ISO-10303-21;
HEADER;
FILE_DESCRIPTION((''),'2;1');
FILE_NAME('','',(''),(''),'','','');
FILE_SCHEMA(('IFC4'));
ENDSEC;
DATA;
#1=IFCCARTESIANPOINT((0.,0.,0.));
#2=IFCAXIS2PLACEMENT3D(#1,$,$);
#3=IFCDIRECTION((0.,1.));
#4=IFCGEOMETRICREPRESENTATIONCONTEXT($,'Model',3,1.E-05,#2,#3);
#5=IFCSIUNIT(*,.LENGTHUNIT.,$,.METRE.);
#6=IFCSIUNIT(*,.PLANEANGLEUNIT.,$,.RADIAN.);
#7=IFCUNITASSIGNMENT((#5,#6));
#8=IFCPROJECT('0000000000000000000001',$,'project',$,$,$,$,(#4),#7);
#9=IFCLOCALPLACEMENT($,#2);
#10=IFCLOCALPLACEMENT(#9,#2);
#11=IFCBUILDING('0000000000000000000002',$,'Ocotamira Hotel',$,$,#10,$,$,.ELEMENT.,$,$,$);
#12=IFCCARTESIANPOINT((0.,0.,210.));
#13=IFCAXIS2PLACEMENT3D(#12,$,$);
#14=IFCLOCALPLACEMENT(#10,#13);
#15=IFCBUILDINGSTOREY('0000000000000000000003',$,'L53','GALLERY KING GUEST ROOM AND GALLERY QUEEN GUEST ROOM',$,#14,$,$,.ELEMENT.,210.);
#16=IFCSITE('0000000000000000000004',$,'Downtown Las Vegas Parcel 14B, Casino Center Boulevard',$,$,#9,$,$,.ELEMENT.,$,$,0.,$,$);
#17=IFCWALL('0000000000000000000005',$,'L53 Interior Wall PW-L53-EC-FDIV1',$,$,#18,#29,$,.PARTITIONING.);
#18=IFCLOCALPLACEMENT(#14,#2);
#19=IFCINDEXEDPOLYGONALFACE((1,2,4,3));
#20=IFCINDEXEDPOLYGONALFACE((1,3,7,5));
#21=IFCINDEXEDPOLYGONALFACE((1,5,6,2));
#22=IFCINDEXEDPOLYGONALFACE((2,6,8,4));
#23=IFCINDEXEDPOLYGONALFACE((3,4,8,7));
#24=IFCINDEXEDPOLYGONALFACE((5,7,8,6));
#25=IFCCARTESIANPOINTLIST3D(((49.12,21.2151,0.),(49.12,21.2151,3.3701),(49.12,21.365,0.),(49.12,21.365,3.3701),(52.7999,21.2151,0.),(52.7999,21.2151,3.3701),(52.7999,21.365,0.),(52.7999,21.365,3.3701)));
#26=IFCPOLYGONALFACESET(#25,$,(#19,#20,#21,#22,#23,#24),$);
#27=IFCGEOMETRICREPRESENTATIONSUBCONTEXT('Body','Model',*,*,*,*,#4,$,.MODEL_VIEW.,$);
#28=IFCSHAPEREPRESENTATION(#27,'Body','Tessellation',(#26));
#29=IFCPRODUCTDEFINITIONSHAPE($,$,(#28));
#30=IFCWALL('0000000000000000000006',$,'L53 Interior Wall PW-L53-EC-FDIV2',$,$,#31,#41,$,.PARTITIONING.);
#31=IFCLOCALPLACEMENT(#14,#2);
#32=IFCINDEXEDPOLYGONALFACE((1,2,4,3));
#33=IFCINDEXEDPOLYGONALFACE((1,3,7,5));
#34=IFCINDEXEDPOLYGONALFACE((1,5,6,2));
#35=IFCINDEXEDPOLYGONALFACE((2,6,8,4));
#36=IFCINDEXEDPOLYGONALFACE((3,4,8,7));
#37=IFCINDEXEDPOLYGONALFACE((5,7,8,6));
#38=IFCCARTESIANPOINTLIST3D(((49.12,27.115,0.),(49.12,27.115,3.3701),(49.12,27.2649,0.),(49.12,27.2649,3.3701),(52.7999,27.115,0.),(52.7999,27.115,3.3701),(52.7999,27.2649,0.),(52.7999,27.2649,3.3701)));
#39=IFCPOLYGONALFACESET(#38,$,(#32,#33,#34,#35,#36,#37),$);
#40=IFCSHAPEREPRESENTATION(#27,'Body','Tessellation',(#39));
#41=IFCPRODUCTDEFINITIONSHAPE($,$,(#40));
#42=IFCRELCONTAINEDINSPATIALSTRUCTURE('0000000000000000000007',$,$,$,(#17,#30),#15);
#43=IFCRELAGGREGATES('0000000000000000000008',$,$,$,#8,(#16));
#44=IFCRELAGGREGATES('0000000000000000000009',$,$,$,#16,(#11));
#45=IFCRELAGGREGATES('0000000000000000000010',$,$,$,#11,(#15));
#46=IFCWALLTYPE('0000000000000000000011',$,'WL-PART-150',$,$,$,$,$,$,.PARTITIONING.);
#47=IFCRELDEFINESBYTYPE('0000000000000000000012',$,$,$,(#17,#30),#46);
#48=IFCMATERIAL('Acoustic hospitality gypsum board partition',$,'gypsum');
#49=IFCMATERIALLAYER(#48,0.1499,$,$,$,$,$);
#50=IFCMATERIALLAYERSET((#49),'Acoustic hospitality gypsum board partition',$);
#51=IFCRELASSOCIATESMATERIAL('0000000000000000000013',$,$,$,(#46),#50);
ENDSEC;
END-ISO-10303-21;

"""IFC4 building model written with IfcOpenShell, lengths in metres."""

from ifc_helpers import new_model, si_unit, direction, frame, frame_2d, origin, place, context, subcontext, project, spatial, rectangle, extrude, material, layer, layer_set, type_object, element, save


model = new_model("IFC4")

# Units and contexts
model_context = context("Model", 3, precision=1e-05, world=origin(), true_north=direction((0.0, 1.0)))
body_context = subcontext(model_context, "Body", "Model", "MODEL_VIEW")
ifc_project = project(units=[si_unit("LENGTHUNIT", "METRE"), si_unit("PLANEANGLEUNIT", "RADIAN")], contexts=[model_context])

# Site, building, storey
site_placement = place(None, origin())
site = spatial("IfcSite", under=ifc_project, at=site_placement, Name="Downtown Las Vegas Parcel 14B, Casino Center Boulevard", CompositionType="ELEMENT", RefElevation=0.0)
building_placement = place(site_placement, origin())
building = spatial("IfcBuilding", under=site, at=building_placement, Name="Ocotamira Hotel", CompositionType="ELEMENT")
storey_placement = place(building_placement, frame((0.0, 0.0, 210.0)))
storey = spatial("IfcBuildingStorey", under=building, at=storey_placement, Name="L53", Description="GALLERY KING GUEST ROOM AND GALLERY QUEEN GUEST ROOM", CompositionType="ELEMENT", Elevation=210.0)

# Walls
ifc_material_1 = material(Name="Acoustic hospitality gypsum board partition", Category="gypsum")
ifc_layer_1 = layer(ifc_material_1, 0.1499)
ifc_layer_set_1 = layer_set([ifc_layer_1], Name="Acoustic hospitality gypsum board partition")
wall_type_1 = type_object("IfcWallType", Name="WL-PART-150", PredefinedType="PARTITIONING", material=ifc_layer_set_1)
for number, where, z_axis, x_axis, name in (
    (1, (49.1201, 21.29, 0.0), (0.0, 0.0, 1.0), (1.0, 0.0, 0.0), "L53 Interior Wall PW-L53-EC-FDIV1"),
    (2, (49.1201, 27.1899, 0.0), (0.0, 0.0, 1.0), (1.0, 0.0, 0.0), "L53 Interior Wall PW-L53-EC-FDIV2"),
):
    element("IfcWall", number, at=place(storey_placement, frame(where, z_axis=z_axis, x_axis=x_axis)), inside=storey, type_object=wall_type_1, Name=name, PredefinedType="PARTITIONING", context=body_context, shape_type="SweptSolid", body=[
        extrude(rectangle(XDim=3.6799, YDim=0.1499, at=frame_2d((1.8398, 0.0))), origin(), (0.0, 0.0, 1.0), 3.3701),
    ])

save(model, "model.ifc")
